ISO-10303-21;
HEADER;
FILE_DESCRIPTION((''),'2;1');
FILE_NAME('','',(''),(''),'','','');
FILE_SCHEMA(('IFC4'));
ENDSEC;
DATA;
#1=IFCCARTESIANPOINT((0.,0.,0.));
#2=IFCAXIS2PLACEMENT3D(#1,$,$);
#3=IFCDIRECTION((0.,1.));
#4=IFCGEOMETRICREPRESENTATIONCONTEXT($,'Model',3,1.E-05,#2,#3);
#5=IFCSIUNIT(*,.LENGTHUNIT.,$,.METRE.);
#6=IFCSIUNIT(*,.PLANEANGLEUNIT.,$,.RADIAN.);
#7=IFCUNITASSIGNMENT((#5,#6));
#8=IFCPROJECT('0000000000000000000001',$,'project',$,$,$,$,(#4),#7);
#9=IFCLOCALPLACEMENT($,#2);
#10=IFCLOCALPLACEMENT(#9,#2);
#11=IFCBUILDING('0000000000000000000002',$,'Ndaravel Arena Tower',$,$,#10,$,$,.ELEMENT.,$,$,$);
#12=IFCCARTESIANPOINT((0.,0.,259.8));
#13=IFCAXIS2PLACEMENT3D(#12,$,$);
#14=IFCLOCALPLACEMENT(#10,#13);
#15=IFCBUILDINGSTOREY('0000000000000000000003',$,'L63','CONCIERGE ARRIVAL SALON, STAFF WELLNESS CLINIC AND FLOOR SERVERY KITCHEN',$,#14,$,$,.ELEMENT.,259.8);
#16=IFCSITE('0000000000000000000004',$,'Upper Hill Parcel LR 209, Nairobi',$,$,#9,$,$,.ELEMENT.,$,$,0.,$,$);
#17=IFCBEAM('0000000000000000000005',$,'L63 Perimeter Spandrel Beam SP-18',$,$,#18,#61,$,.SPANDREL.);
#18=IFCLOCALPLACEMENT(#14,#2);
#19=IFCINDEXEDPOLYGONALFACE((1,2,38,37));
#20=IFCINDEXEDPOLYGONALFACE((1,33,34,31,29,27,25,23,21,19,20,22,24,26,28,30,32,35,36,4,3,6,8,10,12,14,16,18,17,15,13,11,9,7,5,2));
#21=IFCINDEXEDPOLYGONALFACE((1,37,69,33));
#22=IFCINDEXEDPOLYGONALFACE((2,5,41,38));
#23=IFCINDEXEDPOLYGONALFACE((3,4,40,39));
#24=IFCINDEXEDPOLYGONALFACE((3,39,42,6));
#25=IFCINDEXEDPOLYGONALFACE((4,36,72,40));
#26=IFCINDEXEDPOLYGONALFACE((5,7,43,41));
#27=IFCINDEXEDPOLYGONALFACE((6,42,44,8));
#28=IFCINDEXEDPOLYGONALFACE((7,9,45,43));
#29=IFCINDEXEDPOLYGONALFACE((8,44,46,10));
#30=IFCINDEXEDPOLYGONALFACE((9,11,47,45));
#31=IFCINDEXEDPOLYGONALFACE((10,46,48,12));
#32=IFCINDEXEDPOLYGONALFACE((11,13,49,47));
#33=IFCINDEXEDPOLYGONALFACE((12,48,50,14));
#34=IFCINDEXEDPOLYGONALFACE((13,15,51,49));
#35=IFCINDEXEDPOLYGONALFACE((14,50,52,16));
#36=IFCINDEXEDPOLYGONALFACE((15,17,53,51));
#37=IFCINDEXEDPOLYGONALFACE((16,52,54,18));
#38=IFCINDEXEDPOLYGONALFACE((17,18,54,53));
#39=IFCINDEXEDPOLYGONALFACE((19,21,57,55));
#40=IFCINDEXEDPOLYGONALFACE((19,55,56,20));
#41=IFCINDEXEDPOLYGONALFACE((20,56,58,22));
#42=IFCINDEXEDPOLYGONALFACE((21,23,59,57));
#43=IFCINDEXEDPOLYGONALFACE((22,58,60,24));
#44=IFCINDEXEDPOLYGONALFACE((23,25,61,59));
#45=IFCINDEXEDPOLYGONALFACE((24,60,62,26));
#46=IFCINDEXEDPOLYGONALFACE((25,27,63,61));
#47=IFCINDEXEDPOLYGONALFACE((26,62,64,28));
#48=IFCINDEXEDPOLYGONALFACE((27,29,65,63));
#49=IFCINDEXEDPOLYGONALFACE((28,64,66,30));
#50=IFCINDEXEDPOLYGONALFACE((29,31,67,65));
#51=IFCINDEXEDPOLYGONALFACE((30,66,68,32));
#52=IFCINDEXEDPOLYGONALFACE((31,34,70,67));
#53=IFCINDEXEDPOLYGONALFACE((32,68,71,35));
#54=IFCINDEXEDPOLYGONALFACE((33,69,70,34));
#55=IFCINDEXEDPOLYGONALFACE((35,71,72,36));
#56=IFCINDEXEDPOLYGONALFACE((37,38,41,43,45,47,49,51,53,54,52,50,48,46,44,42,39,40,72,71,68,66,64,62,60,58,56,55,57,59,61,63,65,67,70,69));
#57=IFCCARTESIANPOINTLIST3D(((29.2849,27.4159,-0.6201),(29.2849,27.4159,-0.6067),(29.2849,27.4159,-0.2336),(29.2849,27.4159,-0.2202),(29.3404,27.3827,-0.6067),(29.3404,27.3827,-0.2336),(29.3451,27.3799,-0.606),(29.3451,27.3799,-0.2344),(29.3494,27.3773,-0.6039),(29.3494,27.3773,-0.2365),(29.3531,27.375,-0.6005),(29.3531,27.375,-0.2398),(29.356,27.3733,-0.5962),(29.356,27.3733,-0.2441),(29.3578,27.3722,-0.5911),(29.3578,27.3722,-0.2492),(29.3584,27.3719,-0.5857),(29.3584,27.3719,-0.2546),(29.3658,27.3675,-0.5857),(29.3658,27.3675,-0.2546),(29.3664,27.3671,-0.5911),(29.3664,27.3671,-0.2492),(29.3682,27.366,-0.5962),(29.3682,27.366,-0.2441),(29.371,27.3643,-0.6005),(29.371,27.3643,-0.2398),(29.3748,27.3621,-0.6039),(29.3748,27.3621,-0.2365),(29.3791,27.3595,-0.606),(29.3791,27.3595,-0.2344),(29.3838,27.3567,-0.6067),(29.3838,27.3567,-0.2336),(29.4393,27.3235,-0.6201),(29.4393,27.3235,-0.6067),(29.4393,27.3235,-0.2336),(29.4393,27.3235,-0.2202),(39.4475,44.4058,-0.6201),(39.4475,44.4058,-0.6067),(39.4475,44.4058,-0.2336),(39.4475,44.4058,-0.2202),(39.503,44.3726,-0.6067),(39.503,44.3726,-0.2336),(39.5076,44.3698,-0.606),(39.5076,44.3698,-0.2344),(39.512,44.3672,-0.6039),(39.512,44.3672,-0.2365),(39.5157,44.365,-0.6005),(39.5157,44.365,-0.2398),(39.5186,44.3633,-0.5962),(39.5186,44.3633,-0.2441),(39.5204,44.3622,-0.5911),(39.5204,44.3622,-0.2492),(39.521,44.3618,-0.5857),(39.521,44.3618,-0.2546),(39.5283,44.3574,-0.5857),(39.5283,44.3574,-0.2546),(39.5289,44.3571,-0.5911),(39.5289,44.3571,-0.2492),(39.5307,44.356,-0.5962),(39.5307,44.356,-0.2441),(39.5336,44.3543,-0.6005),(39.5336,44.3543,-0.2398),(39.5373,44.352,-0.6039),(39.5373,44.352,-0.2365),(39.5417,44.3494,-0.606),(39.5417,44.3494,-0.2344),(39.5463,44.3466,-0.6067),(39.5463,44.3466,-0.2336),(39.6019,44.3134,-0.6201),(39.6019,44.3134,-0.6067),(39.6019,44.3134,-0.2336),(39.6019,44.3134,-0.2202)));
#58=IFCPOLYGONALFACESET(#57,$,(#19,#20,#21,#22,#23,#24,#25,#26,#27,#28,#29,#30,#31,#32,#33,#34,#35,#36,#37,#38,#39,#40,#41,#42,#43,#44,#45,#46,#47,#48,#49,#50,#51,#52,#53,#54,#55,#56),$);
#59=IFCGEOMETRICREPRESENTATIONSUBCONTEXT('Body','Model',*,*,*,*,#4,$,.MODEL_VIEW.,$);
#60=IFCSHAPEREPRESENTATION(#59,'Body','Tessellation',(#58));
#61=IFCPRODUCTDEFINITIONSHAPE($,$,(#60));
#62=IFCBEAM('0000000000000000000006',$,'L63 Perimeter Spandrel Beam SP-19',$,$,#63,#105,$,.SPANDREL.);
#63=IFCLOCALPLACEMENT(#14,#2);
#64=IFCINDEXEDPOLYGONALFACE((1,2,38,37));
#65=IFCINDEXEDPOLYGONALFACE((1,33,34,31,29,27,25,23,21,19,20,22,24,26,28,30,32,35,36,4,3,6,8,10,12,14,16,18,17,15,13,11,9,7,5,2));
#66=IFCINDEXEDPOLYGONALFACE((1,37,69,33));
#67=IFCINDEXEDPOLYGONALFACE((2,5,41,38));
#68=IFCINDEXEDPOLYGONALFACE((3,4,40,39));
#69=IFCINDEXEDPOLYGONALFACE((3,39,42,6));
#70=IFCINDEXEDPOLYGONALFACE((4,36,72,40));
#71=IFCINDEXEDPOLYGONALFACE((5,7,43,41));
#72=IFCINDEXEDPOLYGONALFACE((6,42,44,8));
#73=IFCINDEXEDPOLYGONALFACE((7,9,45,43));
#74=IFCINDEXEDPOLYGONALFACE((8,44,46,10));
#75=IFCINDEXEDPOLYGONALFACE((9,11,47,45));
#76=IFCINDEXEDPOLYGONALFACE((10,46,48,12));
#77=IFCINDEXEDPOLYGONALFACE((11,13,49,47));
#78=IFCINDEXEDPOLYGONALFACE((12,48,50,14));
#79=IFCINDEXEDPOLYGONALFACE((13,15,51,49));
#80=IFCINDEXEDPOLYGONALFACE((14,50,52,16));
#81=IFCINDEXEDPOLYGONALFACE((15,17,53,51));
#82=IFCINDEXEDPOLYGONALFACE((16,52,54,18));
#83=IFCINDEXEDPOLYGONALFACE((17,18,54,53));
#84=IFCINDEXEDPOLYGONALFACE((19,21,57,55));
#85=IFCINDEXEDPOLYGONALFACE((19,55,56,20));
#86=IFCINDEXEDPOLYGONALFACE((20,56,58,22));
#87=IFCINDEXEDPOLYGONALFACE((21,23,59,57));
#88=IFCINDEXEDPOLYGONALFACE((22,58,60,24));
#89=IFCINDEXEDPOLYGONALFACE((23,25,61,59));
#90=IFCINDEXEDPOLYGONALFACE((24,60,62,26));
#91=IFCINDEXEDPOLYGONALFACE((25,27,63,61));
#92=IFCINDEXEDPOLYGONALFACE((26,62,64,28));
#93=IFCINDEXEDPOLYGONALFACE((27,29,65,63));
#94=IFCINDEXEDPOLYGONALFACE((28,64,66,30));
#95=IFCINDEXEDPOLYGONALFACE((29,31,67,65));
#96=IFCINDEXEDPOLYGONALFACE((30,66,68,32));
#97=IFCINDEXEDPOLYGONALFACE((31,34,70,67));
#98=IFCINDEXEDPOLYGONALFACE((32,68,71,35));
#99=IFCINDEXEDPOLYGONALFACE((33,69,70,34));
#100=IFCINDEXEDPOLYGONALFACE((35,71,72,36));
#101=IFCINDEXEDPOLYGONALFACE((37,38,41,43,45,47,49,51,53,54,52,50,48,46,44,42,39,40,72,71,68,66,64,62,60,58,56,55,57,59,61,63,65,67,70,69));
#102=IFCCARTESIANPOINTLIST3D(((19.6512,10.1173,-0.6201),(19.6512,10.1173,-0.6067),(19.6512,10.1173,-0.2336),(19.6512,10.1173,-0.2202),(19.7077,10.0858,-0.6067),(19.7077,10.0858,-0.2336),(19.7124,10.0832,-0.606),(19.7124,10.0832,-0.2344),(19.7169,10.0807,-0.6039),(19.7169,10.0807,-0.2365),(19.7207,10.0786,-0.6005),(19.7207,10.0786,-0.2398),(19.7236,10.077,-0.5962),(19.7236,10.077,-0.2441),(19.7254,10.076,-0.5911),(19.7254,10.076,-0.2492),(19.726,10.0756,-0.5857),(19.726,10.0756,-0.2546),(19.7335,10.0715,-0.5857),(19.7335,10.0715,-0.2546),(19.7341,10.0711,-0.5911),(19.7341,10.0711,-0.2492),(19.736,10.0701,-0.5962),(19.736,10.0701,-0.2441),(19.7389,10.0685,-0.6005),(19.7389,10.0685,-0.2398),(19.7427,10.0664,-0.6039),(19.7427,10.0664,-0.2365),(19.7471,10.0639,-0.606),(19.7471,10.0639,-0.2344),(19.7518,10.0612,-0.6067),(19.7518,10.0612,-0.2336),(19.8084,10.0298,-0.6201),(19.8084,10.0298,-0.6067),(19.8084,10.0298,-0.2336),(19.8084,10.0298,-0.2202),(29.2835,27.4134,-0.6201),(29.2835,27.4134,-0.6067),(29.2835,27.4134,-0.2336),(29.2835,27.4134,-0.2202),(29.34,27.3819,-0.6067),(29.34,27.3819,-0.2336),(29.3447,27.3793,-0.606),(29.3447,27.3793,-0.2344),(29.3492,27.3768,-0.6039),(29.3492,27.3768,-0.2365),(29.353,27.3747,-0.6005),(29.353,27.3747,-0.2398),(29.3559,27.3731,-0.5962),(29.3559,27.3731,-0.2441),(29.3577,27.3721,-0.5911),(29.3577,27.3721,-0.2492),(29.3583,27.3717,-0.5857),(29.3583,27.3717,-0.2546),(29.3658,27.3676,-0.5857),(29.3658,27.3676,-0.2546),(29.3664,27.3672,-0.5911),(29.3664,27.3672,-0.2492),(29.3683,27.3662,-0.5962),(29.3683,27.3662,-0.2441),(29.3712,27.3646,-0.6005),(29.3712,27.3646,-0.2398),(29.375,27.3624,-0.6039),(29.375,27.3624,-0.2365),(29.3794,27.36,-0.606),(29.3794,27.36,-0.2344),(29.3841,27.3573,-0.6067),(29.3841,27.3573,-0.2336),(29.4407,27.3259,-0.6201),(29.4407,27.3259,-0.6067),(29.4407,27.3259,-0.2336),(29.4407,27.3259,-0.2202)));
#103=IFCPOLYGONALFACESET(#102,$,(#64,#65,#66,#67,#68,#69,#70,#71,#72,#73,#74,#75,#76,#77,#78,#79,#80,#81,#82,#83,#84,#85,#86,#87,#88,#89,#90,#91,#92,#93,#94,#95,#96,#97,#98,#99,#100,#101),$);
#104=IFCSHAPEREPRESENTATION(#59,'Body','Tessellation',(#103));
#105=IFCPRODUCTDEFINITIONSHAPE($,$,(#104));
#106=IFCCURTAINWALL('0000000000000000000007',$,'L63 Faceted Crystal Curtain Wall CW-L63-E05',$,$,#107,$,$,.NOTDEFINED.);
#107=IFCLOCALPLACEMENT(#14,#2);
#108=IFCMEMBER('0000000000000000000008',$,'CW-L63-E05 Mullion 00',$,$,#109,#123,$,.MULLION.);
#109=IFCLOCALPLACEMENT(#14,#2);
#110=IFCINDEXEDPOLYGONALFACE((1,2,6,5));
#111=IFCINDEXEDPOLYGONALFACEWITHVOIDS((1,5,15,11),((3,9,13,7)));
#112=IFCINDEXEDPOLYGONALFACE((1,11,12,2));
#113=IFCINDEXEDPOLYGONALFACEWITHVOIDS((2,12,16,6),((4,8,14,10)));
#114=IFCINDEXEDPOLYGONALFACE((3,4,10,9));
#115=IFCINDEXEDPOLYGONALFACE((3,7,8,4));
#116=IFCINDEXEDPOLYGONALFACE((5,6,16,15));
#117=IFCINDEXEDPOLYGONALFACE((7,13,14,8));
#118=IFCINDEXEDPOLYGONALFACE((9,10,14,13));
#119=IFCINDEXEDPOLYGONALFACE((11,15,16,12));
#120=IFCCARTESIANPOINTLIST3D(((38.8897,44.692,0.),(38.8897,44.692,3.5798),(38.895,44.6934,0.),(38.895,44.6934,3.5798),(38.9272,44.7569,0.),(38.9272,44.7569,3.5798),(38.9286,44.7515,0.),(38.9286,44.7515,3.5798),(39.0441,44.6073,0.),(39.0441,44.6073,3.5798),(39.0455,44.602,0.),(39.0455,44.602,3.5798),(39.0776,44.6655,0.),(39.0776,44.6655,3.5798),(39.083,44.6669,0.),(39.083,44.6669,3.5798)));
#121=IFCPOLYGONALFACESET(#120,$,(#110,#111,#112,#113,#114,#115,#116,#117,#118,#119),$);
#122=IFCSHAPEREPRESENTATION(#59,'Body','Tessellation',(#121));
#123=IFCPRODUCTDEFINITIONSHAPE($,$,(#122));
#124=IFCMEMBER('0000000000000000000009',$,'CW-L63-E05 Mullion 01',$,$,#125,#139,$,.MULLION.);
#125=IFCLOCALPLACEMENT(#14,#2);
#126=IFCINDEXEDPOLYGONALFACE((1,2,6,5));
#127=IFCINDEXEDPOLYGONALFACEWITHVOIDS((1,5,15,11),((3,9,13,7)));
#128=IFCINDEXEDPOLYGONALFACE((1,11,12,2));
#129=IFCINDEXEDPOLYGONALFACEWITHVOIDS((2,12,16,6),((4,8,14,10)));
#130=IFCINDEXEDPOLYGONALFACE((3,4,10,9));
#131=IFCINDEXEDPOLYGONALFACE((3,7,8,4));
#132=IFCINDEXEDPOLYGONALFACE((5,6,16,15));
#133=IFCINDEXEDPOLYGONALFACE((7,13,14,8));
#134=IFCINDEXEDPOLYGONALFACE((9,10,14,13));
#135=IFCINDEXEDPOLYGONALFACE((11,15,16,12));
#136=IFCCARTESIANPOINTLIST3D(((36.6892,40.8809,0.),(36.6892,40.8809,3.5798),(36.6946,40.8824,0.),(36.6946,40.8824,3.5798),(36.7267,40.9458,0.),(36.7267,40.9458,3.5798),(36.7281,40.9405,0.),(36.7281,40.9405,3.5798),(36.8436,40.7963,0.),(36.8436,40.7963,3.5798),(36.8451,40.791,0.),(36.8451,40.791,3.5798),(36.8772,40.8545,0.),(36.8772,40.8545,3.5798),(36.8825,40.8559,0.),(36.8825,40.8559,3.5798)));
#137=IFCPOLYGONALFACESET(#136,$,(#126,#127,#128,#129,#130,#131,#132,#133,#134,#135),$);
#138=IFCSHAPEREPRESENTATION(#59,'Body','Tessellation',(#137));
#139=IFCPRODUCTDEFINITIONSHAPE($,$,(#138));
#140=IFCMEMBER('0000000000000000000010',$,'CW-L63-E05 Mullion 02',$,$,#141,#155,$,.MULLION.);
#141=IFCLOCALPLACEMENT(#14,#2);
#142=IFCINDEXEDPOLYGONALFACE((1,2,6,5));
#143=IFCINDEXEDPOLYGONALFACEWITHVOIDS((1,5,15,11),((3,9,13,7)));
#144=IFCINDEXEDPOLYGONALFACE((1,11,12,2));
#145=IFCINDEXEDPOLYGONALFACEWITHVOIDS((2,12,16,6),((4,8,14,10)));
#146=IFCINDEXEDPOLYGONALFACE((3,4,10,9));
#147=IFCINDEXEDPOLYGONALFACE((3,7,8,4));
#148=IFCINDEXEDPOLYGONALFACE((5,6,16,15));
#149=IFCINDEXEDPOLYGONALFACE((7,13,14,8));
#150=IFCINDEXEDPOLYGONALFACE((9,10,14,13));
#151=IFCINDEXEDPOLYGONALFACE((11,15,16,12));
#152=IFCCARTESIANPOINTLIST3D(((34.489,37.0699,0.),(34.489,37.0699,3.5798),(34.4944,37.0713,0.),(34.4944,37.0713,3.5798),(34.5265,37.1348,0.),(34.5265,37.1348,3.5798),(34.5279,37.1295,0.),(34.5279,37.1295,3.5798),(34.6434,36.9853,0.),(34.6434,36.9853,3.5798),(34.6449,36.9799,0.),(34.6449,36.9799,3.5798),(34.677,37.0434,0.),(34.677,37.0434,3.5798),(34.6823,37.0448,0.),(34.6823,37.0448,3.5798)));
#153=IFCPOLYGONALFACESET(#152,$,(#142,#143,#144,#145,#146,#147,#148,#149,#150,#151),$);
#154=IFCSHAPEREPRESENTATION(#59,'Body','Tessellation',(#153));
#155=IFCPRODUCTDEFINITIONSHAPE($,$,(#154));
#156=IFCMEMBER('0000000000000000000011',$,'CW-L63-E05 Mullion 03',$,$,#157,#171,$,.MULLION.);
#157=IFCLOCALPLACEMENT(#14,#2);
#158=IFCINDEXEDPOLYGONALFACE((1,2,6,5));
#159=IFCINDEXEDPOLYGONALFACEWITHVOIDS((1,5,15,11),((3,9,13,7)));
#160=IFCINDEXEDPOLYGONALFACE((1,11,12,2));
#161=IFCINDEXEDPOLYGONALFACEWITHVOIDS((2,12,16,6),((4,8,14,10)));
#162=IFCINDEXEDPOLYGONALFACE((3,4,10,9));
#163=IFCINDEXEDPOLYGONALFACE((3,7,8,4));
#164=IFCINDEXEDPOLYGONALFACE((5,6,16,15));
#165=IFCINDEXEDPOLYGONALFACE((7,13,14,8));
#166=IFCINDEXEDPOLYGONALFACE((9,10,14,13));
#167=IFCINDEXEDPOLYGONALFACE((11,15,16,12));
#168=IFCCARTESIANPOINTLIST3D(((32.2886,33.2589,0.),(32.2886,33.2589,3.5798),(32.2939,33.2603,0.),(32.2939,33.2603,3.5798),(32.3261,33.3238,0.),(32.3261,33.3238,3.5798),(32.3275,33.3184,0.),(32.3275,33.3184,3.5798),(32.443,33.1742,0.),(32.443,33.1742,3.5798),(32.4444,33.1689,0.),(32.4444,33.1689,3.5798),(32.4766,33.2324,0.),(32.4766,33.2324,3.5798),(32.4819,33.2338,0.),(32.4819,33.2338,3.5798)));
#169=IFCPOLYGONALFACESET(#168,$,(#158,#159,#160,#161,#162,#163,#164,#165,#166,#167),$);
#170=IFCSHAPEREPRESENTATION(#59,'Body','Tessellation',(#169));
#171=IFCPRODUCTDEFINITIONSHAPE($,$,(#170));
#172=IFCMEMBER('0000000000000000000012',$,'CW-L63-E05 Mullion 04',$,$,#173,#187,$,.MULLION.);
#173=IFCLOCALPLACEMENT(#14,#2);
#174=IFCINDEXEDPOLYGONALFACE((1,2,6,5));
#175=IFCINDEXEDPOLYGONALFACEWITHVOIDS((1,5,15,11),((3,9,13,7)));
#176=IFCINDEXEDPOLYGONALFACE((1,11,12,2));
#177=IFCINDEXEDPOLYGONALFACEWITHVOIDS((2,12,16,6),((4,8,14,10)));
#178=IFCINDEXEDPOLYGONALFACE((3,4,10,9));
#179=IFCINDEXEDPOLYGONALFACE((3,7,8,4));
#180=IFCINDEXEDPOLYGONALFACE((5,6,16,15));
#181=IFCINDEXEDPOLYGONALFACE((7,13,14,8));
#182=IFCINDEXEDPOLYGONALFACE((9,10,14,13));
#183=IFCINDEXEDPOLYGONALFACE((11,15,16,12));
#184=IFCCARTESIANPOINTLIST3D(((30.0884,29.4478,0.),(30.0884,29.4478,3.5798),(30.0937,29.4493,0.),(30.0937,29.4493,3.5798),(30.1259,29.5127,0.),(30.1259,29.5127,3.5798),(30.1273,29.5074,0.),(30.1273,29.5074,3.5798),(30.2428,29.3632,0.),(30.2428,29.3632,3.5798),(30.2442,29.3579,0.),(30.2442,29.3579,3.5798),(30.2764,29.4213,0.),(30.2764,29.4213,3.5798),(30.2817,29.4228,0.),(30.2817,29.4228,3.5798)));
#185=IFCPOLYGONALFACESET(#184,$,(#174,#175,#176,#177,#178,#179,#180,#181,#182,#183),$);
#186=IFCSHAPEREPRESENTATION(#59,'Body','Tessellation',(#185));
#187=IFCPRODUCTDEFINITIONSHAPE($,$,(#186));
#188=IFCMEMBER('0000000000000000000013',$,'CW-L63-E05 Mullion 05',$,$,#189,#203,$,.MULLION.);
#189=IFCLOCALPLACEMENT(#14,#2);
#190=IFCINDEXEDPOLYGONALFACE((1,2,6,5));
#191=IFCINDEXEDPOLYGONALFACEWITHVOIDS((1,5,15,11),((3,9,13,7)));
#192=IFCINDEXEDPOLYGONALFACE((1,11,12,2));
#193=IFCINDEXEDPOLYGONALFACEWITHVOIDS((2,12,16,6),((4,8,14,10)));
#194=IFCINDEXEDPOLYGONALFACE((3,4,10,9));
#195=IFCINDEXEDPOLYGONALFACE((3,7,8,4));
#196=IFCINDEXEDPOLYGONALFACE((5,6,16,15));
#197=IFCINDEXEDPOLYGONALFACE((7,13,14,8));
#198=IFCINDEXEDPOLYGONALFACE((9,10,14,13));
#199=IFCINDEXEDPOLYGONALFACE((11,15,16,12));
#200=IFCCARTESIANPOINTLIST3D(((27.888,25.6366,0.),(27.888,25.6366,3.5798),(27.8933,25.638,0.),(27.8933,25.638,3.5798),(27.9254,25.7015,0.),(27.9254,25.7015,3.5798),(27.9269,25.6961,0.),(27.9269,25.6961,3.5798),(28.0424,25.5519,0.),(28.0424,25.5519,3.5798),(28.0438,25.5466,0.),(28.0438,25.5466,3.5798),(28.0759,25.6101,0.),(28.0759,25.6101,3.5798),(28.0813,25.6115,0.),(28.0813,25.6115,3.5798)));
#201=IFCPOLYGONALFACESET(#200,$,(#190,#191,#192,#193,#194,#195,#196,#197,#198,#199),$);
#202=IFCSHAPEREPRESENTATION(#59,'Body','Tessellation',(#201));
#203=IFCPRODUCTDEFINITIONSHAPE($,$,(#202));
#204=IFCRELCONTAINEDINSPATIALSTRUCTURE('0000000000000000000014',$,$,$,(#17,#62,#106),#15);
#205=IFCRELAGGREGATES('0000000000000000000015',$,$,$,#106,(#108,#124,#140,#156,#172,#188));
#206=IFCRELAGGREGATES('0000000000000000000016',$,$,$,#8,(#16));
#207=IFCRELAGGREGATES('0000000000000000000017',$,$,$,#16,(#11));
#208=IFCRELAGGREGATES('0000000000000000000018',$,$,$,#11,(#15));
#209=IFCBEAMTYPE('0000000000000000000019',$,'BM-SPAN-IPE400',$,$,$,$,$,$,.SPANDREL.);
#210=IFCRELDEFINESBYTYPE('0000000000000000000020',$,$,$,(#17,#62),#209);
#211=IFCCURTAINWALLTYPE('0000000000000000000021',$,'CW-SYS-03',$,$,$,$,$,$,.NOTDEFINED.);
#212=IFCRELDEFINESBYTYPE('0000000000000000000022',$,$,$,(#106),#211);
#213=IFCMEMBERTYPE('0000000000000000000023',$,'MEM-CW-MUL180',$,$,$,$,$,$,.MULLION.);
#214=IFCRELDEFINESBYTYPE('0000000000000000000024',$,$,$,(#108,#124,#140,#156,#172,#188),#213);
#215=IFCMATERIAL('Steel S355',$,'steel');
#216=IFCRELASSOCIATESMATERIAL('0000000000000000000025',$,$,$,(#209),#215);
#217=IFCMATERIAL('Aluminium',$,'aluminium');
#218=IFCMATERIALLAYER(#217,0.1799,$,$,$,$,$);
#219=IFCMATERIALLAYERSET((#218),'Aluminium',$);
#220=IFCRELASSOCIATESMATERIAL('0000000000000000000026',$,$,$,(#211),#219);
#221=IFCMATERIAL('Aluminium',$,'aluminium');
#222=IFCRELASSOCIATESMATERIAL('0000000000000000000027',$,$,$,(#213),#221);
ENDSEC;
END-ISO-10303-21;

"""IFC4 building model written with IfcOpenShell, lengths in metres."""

from ifc_helpers import new_model, si_unit, direction, frame, origin, origin_2d, place, context, subcontext, project, spatial, hollow_rectangle, i_section, extrude, material, layer, layer_set, material_profile, profile_set, type_object, element, aggregate, save


model = new_model("IFC4")

# Units and contexts
model_context = context("Model", 3, precision=1e-05, world=origin(), true_north=direction((0.0, 1.0)))
body_context = subcontext(model_context, "Body", "Model", "MODEL_VIEW")
ifc_project = project(units=[si_unit("LENGTHUNIT", "METRE"), si_unit("PLANEANGLEUNIT", "RADIAN")], contexts=[model_context])

# Site, building, storey
site_placement = place(None, origin())
site = spatial("IfcSite", under=ifc_project, at=site_placement, Name="Upper Hill Parcel LR 209, Nairobi", CompositionType="ELEMENT", RefElevation=0.0)
building_placement = place(site_placement, origin())
building = spatial("IfcBuilding", under=site, at=building_placement, Name="Ndaravel Arena Tower", CompositionType="ELEMENT")
storey_placement = place(building_placement, frame((0.0, 0.0, 259.8)))
storey = spatial("IfcBuildingStorey", under=building, at=storey_placement, Name="L63", Description="CONCIERGE ARRIVAL SALON, STAFF WELLNESS CLINIC AND FLOOR SERVERY KITCHEN", CompositionType="ELEMENT", Elevation=259.8)

# Beams
ifc_material_1 = material(Name="Steel S355", Category="steel")
ifc_material_profile_1 = material_profile(ifc_material_1, i_section(OverallWidth=0.1799, OverallDepth=0.3999, WebThickness=0.0085, FlangeThickness=0.0134, FilletRadius=0.021, at=origin_2d()), Name="IPE 400")
ifc_profile_set_1 = profile_set([ifc_material_profile_1], Name="Steel S355")
beam_type_1 = type_object("IfcBeamType", Name="BM-SPAN-IPE400", PredefinedType="SPANDREL", material=ifc_profile_set_1)
for number, where, z_axis, x_axis, name in (
    (1, (39.5247, 44.3596, -0.4202), (-0.513329, -0.858192, 0.0), (0.858192, -0.513329, 0.0), "L63 Perimeter Spandrel Beam SP-18"),
    (2, (29.3621, 27.3696, -0.4202), (-0.486544, -0.873656, 0.0), (0.873656, -0.486544, 0.0), "L63 Perimeter Spandrel Beam SP-19"),
):
    element("IfcBeam", number, at=place(storey_placement, frame(where, z_axis=z_axis, x_axis=x_axis)), inside=storey, type_object=beam_type_1, Name=name, PredefinedType="SPANDREL", context=body_context, shape_type="SweptSolid", body=[
        extrude(i_section(OverallWidth=0.1799, OverallDepth=0.3999, WebThickness=0.0085, FlangeThickness=0.0134, FilletRadius=0.021, at=origin_2d()), origin(), (0.0, 0.0, 1.0), 19.7974),
    ])

# Curtain wall, members
ifc_material_2 = material(Name="Aluminium", Category="aluminium")
ifc_layer_1 = layer(ifc_material_2, 0.1799)
ifc_layer_set_1 = layer_set([ifc_layer_1], Name="Aluminium")
curtain_wall_type_1 = type_object("IfcCurtainWallType", Name="CW-SYS-03", PredefinedType="NOTDEFINED", material=ifc_layer_set_1)
curtain_wall_1_placement = place(storey_placement, origin())
curtain_wall_1 = element("IfcCurtainWall", 3, at=curtain_wall_1_placement, inside=storey, type_object=curtain_wall_type_1, Name="L63 Faceted Crystal Curtain Wall CW-L63-E05", PredefinedType="NOTDEFINED")
ifc_material_3 = material(Name="Aluminium", Category="aluminium")
ifc_material_profile_2 = material_profile(ifc_material_3, hollow_rectangle(XDim=0.075, YDim=0.1799, WallThickness=0.0039, at=origin_2d()), Name="CW MULLION 75x180x4")
ifc_profile_set_2 = profile_set([ifc_material_profile_2], Name="Aluminium")
member_type_1 = type_object("IfcMemberType", Name="MEM-CW-MUL180", PredefinedType="MULLION", material=ifc_profile_set_2)
member_1_placement = place(storey_placement, frame((38.9863, 44.6794, 0.0), z_axis=(0.0, 0.0, 1.0), x_axis=(-0.5, -0.866025, 0.0)))
member_1 = element("IfcMember", 4, at=member_1_placement, type_object=member_type_1, Name="CW-L63-E05 Mullion 00", PredefinedType="MULLION", context=body_context, shape_type="SweptSolid", body=[
    extrude(hollow_rectangle(XDim=0.075, YDim=0.1799, WallThickness=0.0039, at=origin_2d()), origin(), (0.0, 0.0, 1.0), 3.5798),
])
member_2_placement = place(storey_placement, frame((36.7859, 40.8684, 0.0), z_axis=(0.0, 0.0, 1.0), x_axis=(-0.5, -0.866025, 0.0)))
member_2 = element("IfcMember", 5, at=member_2_placement, type_object=member_type_1, Name="CW-L63-E05 Mullion 01", PredefinedType="MULLION", context=body_context, shape_type="SweptSolid", body=[
    extrude(hollow_rectangle(XDim=0.075, YDim=0.1799, WallThickness=0.0039, at=origin_2d()), origin(), (0.0, 0.0, 1.0), 3.5798),
])
member_3_placement = place(storey_placement, frame((34.5857, 37.0574, 0.0), z_axis=(0.0, 0.0, 1.0), x_axis=(-0.5, -0.866025, 0.0)))
member_3 = element("IfcMember", 6, at=member_3_placement, type_object=member_type_1, Name="CW-L63-E05 Mullion 02", PredefinedType="MULLION", context=body_context, shape_type="SweptSolid", body=[
    extrude(hollow_rectangle(XDim=0.075, YDim=0.1799, WallThickness=0.0039, at=origin_2d()), origin(), (0.0, 0.0, 1.0), 3.5798),
])
member_4_placement = place(storey_placement, frame((32.3853, 33.2463, 0.0), z_axis=(0.0, 0.0, 1.0), x_axis=(-0.5, -0.866025, 0.0)))
member_4 = element("IfcMember", 7, at=member_4_placement, type_object=member_type_1, Name="CW-L63-E05 Mullion 03", PredefinedType="MULLION", context=body_context, shape_type="SweptSolid", body=[
    extrude(hollow_rectangle(XDim=0.075, YDim=0.1799, WallThickness=0.0039, at=origin_2d()), origin(), (0.0, 0.0, 1.0), 3.5798),
])
member_5_placement = place(storey_placement, frame((30.1851, 29.4353, 0.0), z_axis=(0.0, 0.0, 1.0), x_axis=(-0.5, -0.866025, 0.0)))
member_5 = element("IfcMember", 8, at=member_5_placement, type_object=member_type_1, Name="CW-L63-E05 Mullion 04", PredefinedType="MULLION", context=body_context, shape_type="SweptSolid", body=[
    extrude(hollow_rectangle(XDim=0.075, YDim=0.1799, WallThickness=0.0039, at=origin_2d()), origin(), (0.0, 0.0, 1.0), 3.5798),
])
member_6_placement = place(storey_placement, frame((27.9846, 25.624, 0.0), z_axis=(0.0, 0.0, 1.0), x_axis=(-0.5, -0.866025, 0.0)))
member_6 = element("IfcMember", 9, at=member_6_placement, type_object=member_type_1, Name="CW-L63-E05 Mullion 05", PredefinedType="MULLION", context=body_context, shape_type="SweptSolid", body=[
    extrude(hollow_rectangle(XDim=0.075, YDim=0.1799, WallThickness=0.0039, at=origin_2d()), origin(), (0.0, 0.0, 1.0), 3.5798),
])

aggregate(curtain_wall_1, [member_1, member_2, member_3, member_4, member_5, member_6])

save(model, "model.ifc")
